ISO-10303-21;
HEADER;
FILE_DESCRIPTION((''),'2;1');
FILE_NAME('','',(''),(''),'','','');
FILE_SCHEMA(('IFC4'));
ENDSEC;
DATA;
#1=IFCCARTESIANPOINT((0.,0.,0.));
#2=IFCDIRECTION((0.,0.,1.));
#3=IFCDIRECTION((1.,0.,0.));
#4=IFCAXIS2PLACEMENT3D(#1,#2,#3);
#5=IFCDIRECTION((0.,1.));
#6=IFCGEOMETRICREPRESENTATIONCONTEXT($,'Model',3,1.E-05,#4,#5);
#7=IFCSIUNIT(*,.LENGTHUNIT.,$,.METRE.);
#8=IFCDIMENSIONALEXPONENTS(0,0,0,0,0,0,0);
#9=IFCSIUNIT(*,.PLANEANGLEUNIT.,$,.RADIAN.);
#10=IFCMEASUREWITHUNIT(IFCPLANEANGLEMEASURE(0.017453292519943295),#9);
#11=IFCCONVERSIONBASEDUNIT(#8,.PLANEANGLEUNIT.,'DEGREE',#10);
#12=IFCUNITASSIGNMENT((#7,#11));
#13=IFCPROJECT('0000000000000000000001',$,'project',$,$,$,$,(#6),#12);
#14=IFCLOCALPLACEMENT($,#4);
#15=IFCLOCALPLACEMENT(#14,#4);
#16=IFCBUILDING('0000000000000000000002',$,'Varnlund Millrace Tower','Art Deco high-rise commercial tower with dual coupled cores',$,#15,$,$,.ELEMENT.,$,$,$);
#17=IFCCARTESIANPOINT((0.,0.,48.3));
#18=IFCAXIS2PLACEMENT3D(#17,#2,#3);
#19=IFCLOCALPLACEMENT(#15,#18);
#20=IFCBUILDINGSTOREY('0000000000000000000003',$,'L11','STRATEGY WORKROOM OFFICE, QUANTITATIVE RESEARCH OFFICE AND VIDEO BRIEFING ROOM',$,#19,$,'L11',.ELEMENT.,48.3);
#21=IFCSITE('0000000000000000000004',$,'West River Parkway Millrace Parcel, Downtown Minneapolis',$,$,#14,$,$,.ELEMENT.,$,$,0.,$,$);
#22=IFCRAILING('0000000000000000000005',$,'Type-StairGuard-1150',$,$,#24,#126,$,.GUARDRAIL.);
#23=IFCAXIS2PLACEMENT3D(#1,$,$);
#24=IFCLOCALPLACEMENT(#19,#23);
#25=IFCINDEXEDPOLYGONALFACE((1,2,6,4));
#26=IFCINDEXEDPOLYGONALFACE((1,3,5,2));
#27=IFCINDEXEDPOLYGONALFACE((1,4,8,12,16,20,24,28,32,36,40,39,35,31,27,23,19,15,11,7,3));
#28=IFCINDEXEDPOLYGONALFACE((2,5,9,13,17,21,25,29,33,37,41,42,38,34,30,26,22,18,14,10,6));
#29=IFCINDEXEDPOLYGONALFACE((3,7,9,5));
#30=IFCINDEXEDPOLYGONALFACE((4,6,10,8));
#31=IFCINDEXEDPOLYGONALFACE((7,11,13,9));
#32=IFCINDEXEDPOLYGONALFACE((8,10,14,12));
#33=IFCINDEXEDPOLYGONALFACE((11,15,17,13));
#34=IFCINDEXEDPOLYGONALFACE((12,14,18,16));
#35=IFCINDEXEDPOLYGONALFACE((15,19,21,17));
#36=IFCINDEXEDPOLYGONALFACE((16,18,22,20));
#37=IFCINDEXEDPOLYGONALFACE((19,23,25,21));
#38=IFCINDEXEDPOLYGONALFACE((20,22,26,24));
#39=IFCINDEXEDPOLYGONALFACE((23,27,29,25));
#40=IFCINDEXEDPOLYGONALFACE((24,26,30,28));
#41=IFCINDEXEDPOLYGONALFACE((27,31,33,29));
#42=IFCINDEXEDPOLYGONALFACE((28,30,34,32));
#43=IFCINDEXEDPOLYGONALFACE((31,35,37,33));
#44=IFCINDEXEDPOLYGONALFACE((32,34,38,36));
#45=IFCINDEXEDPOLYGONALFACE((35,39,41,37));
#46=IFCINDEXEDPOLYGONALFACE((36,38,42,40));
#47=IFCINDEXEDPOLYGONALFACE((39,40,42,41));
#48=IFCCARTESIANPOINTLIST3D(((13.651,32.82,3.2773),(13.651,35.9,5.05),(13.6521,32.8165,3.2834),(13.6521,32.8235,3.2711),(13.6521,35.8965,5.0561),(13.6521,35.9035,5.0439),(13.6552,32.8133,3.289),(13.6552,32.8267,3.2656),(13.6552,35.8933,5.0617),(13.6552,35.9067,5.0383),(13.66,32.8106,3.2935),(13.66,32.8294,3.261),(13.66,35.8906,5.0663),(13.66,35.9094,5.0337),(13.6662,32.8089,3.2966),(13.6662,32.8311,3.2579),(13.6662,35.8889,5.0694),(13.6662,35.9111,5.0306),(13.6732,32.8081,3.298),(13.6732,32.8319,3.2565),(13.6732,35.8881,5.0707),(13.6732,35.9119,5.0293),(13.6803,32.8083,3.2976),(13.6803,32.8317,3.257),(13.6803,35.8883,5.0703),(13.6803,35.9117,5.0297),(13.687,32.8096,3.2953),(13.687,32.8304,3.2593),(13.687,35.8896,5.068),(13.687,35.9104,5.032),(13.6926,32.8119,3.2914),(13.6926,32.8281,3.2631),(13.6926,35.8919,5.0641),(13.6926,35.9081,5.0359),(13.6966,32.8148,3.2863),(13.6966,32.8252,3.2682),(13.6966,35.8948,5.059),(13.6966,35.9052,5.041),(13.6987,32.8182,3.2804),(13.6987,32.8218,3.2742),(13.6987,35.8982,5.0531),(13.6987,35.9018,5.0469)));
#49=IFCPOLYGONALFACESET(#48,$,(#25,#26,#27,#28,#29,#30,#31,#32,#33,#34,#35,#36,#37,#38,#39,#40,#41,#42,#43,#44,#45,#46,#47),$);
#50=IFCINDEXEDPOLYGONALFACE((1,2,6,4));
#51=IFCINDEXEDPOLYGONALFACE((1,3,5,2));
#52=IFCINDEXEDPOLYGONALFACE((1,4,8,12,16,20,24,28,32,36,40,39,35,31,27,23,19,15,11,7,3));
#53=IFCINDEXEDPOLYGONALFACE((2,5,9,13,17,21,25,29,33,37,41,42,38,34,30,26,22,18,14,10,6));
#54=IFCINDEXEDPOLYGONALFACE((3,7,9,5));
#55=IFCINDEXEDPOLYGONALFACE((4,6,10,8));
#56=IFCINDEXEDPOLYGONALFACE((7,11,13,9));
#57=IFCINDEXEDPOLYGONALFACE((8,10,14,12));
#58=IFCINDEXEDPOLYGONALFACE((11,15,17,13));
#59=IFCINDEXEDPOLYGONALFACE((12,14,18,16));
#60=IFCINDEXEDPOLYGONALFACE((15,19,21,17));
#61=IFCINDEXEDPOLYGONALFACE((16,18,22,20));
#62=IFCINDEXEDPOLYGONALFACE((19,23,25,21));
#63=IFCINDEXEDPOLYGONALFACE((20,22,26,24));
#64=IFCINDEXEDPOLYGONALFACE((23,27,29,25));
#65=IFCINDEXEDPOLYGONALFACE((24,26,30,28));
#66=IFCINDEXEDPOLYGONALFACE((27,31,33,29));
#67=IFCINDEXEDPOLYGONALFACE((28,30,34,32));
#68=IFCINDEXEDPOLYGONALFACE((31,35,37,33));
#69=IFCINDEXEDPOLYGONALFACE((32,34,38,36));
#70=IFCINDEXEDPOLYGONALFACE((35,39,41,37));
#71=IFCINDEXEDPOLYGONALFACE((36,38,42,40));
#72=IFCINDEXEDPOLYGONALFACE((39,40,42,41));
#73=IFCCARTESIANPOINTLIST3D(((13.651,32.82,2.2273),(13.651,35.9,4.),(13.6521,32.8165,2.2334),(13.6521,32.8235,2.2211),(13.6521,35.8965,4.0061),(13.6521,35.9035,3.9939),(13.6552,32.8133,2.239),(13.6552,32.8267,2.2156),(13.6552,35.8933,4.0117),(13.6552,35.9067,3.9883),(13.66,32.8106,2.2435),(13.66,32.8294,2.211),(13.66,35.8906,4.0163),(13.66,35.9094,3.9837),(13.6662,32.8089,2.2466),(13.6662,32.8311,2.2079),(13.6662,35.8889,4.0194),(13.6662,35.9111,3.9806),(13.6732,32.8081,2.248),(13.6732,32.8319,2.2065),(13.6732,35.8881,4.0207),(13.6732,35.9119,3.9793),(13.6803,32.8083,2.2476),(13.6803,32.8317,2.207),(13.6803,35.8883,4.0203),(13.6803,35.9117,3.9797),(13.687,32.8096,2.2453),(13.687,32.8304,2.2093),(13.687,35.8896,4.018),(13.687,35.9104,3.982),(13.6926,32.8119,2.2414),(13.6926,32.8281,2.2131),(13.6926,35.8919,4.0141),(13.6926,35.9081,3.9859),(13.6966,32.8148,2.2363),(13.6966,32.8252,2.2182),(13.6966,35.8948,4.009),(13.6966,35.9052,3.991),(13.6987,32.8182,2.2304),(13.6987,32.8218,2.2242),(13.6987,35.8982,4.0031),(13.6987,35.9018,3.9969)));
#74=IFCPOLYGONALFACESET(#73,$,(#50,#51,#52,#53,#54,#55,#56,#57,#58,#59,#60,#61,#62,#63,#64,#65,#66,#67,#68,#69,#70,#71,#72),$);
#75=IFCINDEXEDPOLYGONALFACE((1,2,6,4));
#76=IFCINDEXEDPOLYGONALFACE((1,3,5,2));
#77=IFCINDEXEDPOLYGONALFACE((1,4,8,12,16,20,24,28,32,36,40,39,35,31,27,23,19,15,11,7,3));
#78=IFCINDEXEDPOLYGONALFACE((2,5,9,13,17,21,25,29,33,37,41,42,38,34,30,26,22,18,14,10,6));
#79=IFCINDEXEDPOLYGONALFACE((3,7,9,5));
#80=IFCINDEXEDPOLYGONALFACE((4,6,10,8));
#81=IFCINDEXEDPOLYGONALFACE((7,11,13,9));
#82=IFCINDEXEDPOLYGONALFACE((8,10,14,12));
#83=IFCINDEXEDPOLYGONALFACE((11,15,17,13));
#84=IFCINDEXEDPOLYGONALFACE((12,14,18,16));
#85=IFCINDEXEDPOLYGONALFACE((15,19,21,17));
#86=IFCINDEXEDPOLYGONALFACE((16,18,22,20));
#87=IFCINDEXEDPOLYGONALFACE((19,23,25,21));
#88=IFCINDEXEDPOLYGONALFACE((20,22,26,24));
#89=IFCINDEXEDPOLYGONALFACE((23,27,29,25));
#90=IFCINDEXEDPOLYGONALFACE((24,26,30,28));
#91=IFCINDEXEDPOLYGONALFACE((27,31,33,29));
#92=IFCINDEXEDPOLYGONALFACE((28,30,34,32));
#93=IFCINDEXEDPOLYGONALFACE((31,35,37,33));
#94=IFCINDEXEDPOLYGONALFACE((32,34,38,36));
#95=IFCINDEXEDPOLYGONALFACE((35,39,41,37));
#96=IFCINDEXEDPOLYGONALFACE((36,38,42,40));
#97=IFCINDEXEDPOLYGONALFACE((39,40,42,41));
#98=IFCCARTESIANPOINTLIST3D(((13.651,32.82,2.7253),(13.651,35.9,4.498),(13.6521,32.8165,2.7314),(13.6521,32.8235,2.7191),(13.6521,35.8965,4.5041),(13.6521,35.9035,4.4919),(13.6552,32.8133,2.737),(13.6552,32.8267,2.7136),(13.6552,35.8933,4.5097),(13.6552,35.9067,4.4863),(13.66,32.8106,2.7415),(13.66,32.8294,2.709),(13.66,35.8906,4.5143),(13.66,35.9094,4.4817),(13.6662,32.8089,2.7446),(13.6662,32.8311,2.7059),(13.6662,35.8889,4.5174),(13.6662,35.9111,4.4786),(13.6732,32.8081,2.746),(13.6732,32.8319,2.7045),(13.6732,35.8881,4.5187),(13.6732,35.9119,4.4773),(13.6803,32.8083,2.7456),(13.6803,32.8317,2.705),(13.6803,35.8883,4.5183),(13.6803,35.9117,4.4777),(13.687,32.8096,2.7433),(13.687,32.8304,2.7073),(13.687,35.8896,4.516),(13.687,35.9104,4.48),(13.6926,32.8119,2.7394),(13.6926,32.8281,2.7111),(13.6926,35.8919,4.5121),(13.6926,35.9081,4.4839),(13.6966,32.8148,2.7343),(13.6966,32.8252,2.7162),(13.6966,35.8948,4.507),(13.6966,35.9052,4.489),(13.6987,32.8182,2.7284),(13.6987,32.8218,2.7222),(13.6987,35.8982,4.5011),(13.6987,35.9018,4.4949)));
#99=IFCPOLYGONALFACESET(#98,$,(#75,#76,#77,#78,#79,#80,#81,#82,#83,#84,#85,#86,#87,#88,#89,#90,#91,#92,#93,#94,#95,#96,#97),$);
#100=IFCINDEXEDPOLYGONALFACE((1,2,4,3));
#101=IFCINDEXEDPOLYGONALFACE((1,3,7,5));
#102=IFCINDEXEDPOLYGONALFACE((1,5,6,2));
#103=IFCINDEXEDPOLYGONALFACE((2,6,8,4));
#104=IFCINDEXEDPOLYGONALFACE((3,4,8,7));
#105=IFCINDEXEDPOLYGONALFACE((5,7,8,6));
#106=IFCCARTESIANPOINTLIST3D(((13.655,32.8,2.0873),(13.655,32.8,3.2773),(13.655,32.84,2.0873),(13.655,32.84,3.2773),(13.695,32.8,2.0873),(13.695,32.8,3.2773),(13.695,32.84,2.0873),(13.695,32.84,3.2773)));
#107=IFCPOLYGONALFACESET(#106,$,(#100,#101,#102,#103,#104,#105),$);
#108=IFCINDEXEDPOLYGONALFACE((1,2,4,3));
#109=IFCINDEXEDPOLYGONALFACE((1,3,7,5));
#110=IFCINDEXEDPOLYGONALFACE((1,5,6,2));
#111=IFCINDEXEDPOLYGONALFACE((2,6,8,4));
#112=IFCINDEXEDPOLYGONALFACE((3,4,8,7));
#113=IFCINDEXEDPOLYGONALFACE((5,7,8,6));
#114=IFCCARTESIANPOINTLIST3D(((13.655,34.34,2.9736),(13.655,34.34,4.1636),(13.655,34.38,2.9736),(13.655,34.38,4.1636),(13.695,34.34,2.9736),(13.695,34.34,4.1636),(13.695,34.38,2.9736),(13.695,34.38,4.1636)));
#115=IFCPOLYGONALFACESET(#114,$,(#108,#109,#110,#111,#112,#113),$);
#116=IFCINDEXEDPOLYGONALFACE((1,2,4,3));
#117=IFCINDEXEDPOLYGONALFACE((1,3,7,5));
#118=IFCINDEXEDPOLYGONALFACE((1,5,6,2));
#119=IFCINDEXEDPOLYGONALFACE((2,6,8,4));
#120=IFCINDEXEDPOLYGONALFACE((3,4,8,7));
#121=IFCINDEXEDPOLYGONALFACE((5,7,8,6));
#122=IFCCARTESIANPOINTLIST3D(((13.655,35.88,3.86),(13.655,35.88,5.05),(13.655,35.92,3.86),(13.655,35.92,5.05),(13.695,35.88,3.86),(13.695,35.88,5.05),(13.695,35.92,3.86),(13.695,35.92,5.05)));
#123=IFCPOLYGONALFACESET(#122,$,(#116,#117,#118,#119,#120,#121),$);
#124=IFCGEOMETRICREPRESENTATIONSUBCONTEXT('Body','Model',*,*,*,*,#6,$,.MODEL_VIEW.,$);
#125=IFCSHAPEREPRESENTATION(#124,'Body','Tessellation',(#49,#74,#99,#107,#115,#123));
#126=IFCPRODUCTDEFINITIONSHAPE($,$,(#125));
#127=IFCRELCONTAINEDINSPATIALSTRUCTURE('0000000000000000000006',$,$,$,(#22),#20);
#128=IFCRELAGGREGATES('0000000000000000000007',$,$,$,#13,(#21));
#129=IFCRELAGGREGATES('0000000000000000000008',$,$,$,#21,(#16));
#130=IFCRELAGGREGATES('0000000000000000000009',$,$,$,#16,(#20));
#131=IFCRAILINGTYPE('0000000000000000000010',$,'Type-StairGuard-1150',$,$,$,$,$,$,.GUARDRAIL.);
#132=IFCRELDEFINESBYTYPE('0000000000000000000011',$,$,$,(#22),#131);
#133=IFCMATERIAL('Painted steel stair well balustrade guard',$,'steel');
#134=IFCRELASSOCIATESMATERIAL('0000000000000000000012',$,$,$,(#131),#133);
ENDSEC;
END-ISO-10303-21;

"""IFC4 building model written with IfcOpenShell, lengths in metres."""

from ifc_helpers import new_model, entity, si_unit, converted_unit, direction, frame, origin_with_axes, origin_2d_with_axis, place, context, subcontext, project, spatial, rectangle, circle, extrude, material, type_object, element, save


model = new_model("IFC4")

# Units and contexts
model_context = context("Model", 3, precision=1e-05, world=origin_with_axes(), true_north=direction((0.0, 1.0)))
body_context = subcontext(model_context, "Body", "Model", "MODEL_VIEW")
ifc_project = project(units=[si_unit("LENGTHUNIT", "METRE"), converted_unit("PLANEANGLEUNIT", "DEGREE", entity("IfcPlaneAngleMeasure", 0.017453292519943295), si_unit("PLANEANGLEUNIT", "RADIAN"), dimensions=[0, 0, 0, 0, 0, 0, 0])], contexts=[model_context])

# Site, building, storey
site_placement = place(None, origin_with_axes())
site = spatial("IfcSite", under=ifc_project, at=site_placement, Name="West River Parkway Millrace Parcel, Downtown Minneapolis", CompositionType="ELEMENT", RefElevation=0.0)
building_placement = place(site_placement, origin_with_axes())
building = spatial("IfcBuilding", under=site, at=building_placement, Name="Varnlund Millrace Tower", Description="Art Deco high-rise commercial tower with dual coupled cores", CompositionType="ELEMENT")
storey_placement = place(building_placement, frame((0.0, 0.0, 48.3), z_axis=(0.0, 0.0, 1.0), x_axis=(1.0, 0.0, 0.0)))
storey = spatial("IfcBuildingStorey", under=building, at=storey_placement, Name="L11", Description="STRATEGY WORKROOM OFFICE, QUANTITATIVE RESEARCH OFFICE AND VIDEO BRIEFING ROOM", LongName="L11", CompositionType="ELEMENT", Elevation=48.3)

# Railing
ifc_material_1 = material(Name="Painted steel stair well balustrade guard", Category="steel")
railing_type_1 = type_object("IfcRailingType", Name="Type-StairGuard-1150", PredefinedType="GUARDRAIL", material=ifc_material_1)
railing_1_placement = place(storey_placement, frame((0.0, 0.0, -48.3), z_axis=(0.0, 0.0, 1.0), x_axis=(1.0, 0.0, 0.0)))
element("IfcRailing", 1, at=railing_1_placement, inside=storey, type_object=railing_type_1, Name="Type-StairGuard-1150", PredefinedType="GUARDRAIL", context=body_context, shape_type="SweptSolid", body=[
    extrude(circle(Radius=0.024, at=origin_2d_with_axis()), frame((13.675, 32.82, 51.5773), z_axis=(0.0, 0.866696, 0.498836), x_axis=(-1.0, 0.0, 0.0)), (0.0, 0.0, 1.0), 3.5537),
    extrude(circle(Radius=0.024, at=origin_2d_with_axis()), frame((13.675, 32.82, 50.5273), z_axis=(0.0, 0.866696, 0.498836), x_axis=(-1.0, 0.0, 0.0)), (0.0, 0.0, 1.0), 3.5537),
    extrude(circle(Radius=0.024, at=origin_2d_with_axis()), frame((13.675, 32.82, 51.0253), z_axis=(0.0, 0.866696, 0.498836), x_axis=(-1.0, 0.0, 0.0)), (0.0, 0.0, 1.0), 3.5537),
    extrude(rectangle(XDim=0.04, YDim=0.04, at=origin_2d_with_axis()), frame((13.675, 32.82, 50.3873), z_axis=(0.0, 0.0, 1.0), x_axis=(1.0, 0.0, 0.0)), (0.0, 0.0, 1.0), 1.19),
    extrude(rectangle(XDim=0.04, YDim=0.04, at=origin_2d_with_axis()), frame((13.675, 34.36, 51.2736), z_axis=(0.0, 0.0, 1.0), x_axis=(1.0, 0.0, 0.0)), (0.0, 0.0, 1.0), 1.19),
    extrude(rectangle(XDim=0.04, YDim=0.04, at=origin_2d_with_axis()), frame((13.675, 35.9, 52.16), z_axis=(0.0, 0.0, 1.0), x_axis=(1.0, 0.0, 0.0)), (0.0, 0.0, 1.0), 1.19),
])

save(model, "model.ifc")
